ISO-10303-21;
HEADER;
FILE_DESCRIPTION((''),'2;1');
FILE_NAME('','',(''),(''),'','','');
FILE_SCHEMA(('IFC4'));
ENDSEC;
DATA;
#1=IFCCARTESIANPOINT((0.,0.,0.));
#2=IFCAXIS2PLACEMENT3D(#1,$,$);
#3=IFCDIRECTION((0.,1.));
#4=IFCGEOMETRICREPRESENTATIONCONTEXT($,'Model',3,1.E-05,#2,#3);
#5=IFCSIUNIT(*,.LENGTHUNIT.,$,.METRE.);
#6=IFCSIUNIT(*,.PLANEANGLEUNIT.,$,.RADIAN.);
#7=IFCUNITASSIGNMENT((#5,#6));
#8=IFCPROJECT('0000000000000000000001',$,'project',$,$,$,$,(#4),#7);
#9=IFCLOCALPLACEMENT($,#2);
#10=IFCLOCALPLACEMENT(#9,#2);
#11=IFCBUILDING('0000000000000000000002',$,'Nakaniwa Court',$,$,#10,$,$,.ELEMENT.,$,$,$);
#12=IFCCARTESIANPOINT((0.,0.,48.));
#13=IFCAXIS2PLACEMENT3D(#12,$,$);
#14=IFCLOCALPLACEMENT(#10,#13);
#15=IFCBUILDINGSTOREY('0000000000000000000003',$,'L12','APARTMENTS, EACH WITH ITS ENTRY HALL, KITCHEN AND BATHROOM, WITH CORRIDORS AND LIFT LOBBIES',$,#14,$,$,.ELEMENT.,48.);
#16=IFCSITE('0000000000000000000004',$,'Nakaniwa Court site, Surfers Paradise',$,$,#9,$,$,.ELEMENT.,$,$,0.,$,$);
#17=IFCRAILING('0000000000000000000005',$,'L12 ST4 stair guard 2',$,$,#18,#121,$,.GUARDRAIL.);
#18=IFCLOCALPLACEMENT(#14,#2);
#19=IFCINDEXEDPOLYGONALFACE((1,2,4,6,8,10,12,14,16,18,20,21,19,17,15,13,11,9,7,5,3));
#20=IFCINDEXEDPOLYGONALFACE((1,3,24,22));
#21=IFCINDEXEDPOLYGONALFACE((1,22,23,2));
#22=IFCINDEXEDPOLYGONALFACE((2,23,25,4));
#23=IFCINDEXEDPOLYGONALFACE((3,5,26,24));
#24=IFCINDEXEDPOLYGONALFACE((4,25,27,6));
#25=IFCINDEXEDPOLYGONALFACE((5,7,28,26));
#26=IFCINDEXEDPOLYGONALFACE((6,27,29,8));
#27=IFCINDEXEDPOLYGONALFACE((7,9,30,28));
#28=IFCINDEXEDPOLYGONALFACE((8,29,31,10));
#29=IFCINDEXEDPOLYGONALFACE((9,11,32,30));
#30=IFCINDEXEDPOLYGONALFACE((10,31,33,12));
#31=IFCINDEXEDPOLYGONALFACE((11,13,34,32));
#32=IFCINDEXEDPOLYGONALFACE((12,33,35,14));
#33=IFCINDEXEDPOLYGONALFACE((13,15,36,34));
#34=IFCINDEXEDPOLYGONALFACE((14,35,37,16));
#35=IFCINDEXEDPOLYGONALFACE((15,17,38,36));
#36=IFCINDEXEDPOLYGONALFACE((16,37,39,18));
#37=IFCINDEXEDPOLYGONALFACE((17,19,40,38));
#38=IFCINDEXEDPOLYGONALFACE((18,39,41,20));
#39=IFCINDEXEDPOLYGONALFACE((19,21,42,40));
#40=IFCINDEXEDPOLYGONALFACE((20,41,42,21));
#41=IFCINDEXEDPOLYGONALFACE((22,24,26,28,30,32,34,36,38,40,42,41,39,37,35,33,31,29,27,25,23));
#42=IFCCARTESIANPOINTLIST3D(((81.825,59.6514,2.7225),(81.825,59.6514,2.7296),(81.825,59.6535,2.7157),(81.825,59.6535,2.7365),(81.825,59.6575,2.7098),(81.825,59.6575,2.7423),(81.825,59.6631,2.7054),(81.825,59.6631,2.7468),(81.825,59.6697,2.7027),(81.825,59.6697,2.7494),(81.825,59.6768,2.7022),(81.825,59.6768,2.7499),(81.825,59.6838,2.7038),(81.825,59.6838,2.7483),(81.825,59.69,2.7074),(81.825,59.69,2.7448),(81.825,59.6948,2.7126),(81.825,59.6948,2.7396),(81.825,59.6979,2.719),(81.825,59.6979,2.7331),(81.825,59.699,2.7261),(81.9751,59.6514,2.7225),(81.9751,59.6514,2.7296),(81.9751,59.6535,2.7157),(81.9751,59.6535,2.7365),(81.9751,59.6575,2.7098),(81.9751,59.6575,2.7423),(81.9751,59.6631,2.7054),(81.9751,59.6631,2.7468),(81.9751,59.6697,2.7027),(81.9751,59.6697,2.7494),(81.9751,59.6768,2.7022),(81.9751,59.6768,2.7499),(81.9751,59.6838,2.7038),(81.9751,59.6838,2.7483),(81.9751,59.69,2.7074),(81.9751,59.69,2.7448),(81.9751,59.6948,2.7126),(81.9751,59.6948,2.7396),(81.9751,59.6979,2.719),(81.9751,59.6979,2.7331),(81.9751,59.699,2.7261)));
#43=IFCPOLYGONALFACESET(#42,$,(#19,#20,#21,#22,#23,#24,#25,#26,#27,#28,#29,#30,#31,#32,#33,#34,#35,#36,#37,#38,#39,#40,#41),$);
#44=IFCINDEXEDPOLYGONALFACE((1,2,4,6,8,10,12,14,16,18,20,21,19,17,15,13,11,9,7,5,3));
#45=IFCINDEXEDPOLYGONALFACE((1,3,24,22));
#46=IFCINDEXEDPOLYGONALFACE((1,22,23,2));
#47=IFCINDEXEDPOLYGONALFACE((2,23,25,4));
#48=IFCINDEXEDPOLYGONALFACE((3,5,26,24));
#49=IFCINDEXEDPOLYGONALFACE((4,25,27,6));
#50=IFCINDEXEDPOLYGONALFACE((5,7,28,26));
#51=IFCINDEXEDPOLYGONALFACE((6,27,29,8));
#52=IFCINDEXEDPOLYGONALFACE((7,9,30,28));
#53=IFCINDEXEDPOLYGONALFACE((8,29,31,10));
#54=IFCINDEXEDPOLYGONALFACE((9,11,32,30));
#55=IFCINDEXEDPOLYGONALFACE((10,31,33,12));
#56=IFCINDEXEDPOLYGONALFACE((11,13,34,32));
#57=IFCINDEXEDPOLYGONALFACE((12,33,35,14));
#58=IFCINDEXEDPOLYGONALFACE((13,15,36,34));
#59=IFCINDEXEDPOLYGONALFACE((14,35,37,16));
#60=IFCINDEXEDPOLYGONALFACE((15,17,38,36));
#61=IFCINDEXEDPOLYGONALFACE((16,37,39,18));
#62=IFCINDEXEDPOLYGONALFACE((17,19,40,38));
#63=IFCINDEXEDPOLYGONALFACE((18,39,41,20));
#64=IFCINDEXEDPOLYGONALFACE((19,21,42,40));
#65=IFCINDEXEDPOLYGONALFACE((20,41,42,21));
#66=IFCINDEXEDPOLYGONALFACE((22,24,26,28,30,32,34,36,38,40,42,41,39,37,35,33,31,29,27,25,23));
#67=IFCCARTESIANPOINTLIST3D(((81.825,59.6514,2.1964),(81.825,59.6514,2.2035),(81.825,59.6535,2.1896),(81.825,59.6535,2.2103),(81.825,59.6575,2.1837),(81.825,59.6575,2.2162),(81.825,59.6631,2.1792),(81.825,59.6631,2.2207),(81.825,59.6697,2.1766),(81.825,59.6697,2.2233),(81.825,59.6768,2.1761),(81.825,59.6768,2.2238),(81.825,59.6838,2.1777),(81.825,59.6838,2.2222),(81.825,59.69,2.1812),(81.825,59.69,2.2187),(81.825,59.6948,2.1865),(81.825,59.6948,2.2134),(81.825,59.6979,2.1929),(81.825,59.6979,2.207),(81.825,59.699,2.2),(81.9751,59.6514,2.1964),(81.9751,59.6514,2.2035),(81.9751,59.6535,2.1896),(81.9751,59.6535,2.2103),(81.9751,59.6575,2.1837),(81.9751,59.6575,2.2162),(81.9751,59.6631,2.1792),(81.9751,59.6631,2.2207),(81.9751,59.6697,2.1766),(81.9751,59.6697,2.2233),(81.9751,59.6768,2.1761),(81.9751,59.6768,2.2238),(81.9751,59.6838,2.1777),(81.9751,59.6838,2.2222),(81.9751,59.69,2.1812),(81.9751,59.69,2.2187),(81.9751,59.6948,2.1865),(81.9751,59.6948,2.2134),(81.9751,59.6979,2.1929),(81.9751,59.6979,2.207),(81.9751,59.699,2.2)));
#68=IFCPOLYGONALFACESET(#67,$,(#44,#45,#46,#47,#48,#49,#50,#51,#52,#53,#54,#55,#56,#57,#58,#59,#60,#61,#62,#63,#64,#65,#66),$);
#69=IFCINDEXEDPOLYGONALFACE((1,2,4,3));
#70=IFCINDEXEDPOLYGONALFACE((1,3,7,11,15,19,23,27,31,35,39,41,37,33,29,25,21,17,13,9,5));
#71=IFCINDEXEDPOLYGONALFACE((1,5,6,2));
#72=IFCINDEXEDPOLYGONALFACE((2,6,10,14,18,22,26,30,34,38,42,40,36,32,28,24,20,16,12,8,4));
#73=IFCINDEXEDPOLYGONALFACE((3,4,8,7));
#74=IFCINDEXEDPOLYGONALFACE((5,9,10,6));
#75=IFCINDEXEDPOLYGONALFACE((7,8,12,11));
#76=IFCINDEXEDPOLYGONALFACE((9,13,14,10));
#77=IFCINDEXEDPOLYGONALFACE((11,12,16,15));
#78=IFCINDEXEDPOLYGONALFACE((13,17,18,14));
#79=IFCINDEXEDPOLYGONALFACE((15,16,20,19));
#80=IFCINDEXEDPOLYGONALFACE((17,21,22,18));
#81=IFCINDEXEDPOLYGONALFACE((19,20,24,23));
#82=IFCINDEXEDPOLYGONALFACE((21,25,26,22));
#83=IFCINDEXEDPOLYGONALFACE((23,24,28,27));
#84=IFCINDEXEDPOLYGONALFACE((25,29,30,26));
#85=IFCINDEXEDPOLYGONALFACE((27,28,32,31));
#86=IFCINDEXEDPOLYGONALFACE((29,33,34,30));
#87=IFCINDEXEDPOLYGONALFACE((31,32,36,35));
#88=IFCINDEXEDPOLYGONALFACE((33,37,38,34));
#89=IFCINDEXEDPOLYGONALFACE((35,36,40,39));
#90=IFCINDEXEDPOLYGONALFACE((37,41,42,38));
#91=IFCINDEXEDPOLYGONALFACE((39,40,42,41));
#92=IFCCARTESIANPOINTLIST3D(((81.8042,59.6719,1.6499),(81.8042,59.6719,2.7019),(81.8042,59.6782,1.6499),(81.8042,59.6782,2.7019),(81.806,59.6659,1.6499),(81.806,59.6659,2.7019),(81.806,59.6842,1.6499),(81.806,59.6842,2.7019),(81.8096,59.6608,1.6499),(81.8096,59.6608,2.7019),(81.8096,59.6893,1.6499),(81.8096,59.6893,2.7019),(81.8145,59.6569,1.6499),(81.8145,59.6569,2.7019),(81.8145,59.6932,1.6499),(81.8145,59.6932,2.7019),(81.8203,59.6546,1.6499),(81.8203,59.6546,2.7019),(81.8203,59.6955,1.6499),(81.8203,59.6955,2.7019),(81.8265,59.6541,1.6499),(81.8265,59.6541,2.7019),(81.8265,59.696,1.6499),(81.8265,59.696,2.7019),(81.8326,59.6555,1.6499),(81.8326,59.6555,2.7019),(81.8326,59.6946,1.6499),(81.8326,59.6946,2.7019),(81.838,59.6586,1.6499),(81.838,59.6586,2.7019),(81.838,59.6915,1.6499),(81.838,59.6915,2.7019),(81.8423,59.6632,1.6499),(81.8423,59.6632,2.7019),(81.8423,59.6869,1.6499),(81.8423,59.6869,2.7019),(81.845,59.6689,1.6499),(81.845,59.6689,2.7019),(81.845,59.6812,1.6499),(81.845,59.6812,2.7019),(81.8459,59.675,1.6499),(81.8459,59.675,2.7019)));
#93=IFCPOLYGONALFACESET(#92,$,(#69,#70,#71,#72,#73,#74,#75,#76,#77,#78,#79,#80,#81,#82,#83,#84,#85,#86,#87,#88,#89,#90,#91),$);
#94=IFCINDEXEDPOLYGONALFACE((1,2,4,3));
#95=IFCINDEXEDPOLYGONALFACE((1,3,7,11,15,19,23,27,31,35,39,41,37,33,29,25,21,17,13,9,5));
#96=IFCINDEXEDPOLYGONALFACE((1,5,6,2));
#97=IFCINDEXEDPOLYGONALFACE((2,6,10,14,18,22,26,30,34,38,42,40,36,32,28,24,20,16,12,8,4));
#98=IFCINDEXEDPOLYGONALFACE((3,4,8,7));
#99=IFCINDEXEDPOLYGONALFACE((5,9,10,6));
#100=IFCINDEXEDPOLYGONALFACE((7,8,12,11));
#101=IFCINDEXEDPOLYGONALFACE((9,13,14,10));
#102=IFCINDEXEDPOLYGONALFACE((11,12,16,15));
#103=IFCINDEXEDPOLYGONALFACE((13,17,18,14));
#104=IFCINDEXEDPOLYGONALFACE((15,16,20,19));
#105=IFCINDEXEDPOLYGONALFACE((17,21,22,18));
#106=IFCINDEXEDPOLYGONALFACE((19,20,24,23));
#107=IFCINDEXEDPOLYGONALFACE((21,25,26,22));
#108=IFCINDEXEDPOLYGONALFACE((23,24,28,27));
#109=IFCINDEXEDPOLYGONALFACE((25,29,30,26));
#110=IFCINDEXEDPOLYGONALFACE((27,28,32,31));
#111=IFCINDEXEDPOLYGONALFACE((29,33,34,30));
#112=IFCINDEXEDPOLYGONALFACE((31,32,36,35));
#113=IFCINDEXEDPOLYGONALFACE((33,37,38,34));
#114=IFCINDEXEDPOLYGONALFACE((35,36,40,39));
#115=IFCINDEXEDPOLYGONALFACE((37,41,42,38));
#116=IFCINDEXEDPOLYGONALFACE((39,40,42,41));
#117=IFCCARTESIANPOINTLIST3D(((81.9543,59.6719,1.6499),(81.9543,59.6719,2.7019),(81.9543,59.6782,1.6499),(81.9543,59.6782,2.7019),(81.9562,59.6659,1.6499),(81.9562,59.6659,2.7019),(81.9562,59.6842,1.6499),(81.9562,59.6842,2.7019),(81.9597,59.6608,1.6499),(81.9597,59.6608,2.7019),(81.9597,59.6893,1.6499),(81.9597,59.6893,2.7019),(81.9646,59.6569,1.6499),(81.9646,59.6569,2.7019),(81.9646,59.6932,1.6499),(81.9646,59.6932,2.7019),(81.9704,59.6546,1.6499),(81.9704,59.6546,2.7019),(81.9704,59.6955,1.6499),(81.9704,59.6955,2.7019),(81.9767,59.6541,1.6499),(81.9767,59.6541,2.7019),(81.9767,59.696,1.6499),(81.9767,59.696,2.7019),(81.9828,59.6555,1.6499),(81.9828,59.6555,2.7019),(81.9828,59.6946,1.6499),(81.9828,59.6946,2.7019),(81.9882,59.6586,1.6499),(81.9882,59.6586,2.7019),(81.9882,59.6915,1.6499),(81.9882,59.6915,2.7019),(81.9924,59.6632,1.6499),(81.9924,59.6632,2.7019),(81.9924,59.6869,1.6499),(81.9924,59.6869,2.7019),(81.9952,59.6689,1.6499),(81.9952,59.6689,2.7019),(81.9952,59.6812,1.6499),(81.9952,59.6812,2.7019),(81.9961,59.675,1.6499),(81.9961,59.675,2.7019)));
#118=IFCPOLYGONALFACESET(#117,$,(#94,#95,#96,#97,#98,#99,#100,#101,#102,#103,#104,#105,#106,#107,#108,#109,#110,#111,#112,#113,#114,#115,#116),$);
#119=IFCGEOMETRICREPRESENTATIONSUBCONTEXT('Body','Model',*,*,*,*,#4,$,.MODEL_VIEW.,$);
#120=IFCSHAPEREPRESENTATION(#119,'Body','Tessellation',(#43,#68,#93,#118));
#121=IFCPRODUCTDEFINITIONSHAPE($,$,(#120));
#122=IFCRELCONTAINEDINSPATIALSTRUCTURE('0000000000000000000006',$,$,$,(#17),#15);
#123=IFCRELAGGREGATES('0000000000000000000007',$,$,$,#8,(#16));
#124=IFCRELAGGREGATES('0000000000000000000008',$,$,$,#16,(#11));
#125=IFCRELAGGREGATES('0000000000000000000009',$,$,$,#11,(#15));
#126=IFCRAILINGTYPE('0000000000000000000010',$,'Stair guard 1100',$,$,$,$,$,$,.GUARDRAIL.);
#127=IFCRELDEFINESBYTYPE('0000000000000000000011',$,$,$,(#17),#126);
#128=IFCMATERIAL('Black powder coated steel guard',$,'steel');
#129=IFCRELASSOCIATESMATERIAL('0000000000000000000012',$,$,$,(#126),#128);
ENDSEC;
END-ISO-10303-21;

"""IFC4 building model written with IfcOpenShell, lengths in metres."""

from ifc_helpers import new_model, si_unit, direction, frame, origin, origin_2d, place, context, subcontext, project, spatial, circle, extrude, material, type_object, element, save


model = new_model("IFC4")

# Units and contexts
model_context = context("Model", 3, precision=1e-05, world=origin(), true_north=direction((0.0, 1.0)))
body_context = subcontext(model_context, "Body", "Model", "MODEL_VIEW")
ifc_project = project(units=[si_unit("LENGTHUNIT", "METRE"), si_unit("PLANEANGLEUNIT", "RADIAN")], contexts=[model_context])

# Site, building, storey
site_placement = place(None, origin())
site = spatial("IfcSite", under=ifc_project, at=site_placement, Name="Nakaniwa Court site, Surfers Paradise", CompositionType="ELEMENT", RefElevation=0.0)
building_placement = place(site_placement, origin())
building = spatial("IfcBuilding", under=site, at=building_placement, Name="Nakaniwa Court", CompositionType="ELEMENT")
storey_placement = place(building_placement, frame((0.0, 0.0, 48.0)))
storey = spatial("IfcBuildingStorey", under=building, at=storey_placement, Name="L12", Description="APARTMENTS, EACH WITH ITS ENTRY HALL, KITCHEN AND BATHROOM, WITH CORRIDORS AND LIFT LOBBIES", CompositionType="ELEMENT", Elevation=48.0)

# Railing
ifc_material_1 = material(Name="Black powder coated steel guard", Category="steel")
railing_type_1 = type_object("IfcRailingType", Name="Stair guard 1100", PredefinedType="GUARDRAIL", material=ifc_material_1)
railing_1_placement = place(storey_placement, frame((81.825, 59.675, 1.6499)))
element("IfcRailing", 1, at=railing_1_placement, inside=storey, type_object=railing_type_1, Name="L12 ST4 stair guard 2", PredefinedType="GUARDRAIL", context=body_context, shape_type="SweptSolid", body=[
    extrude(circle(Radius=0.0239, at=origin_2d()), frame((0.0, 0.0, 1.0762), z_axis=(1.0, 0.0, 0.0), x_axis=(0.0, 1.0, 0.0)), (0.0, 0.0, 1.0), 0.1501),
    extrude(circle(Radius=0.0239, at=origin_2d()), frame((0.0, 0.0, 0.55), z_axis=(1.0, 0.0, 0.0), x_axis=(0.0, 1.0, 0.0)), (0.0, 0.0, 1.0), 0.1501),
    extrude(circle(Radius=0.021, at=origin_2d()), origin(), (0.0, 0.0, 1.0), 1.052),
    extrude(circle(Radius=0.021, at=origin_2d()), frame((0.1501, 0.0, 0.0)), (0.0, 0.0, 1.0), 1.052),
])

save(model, "model.ifc")
